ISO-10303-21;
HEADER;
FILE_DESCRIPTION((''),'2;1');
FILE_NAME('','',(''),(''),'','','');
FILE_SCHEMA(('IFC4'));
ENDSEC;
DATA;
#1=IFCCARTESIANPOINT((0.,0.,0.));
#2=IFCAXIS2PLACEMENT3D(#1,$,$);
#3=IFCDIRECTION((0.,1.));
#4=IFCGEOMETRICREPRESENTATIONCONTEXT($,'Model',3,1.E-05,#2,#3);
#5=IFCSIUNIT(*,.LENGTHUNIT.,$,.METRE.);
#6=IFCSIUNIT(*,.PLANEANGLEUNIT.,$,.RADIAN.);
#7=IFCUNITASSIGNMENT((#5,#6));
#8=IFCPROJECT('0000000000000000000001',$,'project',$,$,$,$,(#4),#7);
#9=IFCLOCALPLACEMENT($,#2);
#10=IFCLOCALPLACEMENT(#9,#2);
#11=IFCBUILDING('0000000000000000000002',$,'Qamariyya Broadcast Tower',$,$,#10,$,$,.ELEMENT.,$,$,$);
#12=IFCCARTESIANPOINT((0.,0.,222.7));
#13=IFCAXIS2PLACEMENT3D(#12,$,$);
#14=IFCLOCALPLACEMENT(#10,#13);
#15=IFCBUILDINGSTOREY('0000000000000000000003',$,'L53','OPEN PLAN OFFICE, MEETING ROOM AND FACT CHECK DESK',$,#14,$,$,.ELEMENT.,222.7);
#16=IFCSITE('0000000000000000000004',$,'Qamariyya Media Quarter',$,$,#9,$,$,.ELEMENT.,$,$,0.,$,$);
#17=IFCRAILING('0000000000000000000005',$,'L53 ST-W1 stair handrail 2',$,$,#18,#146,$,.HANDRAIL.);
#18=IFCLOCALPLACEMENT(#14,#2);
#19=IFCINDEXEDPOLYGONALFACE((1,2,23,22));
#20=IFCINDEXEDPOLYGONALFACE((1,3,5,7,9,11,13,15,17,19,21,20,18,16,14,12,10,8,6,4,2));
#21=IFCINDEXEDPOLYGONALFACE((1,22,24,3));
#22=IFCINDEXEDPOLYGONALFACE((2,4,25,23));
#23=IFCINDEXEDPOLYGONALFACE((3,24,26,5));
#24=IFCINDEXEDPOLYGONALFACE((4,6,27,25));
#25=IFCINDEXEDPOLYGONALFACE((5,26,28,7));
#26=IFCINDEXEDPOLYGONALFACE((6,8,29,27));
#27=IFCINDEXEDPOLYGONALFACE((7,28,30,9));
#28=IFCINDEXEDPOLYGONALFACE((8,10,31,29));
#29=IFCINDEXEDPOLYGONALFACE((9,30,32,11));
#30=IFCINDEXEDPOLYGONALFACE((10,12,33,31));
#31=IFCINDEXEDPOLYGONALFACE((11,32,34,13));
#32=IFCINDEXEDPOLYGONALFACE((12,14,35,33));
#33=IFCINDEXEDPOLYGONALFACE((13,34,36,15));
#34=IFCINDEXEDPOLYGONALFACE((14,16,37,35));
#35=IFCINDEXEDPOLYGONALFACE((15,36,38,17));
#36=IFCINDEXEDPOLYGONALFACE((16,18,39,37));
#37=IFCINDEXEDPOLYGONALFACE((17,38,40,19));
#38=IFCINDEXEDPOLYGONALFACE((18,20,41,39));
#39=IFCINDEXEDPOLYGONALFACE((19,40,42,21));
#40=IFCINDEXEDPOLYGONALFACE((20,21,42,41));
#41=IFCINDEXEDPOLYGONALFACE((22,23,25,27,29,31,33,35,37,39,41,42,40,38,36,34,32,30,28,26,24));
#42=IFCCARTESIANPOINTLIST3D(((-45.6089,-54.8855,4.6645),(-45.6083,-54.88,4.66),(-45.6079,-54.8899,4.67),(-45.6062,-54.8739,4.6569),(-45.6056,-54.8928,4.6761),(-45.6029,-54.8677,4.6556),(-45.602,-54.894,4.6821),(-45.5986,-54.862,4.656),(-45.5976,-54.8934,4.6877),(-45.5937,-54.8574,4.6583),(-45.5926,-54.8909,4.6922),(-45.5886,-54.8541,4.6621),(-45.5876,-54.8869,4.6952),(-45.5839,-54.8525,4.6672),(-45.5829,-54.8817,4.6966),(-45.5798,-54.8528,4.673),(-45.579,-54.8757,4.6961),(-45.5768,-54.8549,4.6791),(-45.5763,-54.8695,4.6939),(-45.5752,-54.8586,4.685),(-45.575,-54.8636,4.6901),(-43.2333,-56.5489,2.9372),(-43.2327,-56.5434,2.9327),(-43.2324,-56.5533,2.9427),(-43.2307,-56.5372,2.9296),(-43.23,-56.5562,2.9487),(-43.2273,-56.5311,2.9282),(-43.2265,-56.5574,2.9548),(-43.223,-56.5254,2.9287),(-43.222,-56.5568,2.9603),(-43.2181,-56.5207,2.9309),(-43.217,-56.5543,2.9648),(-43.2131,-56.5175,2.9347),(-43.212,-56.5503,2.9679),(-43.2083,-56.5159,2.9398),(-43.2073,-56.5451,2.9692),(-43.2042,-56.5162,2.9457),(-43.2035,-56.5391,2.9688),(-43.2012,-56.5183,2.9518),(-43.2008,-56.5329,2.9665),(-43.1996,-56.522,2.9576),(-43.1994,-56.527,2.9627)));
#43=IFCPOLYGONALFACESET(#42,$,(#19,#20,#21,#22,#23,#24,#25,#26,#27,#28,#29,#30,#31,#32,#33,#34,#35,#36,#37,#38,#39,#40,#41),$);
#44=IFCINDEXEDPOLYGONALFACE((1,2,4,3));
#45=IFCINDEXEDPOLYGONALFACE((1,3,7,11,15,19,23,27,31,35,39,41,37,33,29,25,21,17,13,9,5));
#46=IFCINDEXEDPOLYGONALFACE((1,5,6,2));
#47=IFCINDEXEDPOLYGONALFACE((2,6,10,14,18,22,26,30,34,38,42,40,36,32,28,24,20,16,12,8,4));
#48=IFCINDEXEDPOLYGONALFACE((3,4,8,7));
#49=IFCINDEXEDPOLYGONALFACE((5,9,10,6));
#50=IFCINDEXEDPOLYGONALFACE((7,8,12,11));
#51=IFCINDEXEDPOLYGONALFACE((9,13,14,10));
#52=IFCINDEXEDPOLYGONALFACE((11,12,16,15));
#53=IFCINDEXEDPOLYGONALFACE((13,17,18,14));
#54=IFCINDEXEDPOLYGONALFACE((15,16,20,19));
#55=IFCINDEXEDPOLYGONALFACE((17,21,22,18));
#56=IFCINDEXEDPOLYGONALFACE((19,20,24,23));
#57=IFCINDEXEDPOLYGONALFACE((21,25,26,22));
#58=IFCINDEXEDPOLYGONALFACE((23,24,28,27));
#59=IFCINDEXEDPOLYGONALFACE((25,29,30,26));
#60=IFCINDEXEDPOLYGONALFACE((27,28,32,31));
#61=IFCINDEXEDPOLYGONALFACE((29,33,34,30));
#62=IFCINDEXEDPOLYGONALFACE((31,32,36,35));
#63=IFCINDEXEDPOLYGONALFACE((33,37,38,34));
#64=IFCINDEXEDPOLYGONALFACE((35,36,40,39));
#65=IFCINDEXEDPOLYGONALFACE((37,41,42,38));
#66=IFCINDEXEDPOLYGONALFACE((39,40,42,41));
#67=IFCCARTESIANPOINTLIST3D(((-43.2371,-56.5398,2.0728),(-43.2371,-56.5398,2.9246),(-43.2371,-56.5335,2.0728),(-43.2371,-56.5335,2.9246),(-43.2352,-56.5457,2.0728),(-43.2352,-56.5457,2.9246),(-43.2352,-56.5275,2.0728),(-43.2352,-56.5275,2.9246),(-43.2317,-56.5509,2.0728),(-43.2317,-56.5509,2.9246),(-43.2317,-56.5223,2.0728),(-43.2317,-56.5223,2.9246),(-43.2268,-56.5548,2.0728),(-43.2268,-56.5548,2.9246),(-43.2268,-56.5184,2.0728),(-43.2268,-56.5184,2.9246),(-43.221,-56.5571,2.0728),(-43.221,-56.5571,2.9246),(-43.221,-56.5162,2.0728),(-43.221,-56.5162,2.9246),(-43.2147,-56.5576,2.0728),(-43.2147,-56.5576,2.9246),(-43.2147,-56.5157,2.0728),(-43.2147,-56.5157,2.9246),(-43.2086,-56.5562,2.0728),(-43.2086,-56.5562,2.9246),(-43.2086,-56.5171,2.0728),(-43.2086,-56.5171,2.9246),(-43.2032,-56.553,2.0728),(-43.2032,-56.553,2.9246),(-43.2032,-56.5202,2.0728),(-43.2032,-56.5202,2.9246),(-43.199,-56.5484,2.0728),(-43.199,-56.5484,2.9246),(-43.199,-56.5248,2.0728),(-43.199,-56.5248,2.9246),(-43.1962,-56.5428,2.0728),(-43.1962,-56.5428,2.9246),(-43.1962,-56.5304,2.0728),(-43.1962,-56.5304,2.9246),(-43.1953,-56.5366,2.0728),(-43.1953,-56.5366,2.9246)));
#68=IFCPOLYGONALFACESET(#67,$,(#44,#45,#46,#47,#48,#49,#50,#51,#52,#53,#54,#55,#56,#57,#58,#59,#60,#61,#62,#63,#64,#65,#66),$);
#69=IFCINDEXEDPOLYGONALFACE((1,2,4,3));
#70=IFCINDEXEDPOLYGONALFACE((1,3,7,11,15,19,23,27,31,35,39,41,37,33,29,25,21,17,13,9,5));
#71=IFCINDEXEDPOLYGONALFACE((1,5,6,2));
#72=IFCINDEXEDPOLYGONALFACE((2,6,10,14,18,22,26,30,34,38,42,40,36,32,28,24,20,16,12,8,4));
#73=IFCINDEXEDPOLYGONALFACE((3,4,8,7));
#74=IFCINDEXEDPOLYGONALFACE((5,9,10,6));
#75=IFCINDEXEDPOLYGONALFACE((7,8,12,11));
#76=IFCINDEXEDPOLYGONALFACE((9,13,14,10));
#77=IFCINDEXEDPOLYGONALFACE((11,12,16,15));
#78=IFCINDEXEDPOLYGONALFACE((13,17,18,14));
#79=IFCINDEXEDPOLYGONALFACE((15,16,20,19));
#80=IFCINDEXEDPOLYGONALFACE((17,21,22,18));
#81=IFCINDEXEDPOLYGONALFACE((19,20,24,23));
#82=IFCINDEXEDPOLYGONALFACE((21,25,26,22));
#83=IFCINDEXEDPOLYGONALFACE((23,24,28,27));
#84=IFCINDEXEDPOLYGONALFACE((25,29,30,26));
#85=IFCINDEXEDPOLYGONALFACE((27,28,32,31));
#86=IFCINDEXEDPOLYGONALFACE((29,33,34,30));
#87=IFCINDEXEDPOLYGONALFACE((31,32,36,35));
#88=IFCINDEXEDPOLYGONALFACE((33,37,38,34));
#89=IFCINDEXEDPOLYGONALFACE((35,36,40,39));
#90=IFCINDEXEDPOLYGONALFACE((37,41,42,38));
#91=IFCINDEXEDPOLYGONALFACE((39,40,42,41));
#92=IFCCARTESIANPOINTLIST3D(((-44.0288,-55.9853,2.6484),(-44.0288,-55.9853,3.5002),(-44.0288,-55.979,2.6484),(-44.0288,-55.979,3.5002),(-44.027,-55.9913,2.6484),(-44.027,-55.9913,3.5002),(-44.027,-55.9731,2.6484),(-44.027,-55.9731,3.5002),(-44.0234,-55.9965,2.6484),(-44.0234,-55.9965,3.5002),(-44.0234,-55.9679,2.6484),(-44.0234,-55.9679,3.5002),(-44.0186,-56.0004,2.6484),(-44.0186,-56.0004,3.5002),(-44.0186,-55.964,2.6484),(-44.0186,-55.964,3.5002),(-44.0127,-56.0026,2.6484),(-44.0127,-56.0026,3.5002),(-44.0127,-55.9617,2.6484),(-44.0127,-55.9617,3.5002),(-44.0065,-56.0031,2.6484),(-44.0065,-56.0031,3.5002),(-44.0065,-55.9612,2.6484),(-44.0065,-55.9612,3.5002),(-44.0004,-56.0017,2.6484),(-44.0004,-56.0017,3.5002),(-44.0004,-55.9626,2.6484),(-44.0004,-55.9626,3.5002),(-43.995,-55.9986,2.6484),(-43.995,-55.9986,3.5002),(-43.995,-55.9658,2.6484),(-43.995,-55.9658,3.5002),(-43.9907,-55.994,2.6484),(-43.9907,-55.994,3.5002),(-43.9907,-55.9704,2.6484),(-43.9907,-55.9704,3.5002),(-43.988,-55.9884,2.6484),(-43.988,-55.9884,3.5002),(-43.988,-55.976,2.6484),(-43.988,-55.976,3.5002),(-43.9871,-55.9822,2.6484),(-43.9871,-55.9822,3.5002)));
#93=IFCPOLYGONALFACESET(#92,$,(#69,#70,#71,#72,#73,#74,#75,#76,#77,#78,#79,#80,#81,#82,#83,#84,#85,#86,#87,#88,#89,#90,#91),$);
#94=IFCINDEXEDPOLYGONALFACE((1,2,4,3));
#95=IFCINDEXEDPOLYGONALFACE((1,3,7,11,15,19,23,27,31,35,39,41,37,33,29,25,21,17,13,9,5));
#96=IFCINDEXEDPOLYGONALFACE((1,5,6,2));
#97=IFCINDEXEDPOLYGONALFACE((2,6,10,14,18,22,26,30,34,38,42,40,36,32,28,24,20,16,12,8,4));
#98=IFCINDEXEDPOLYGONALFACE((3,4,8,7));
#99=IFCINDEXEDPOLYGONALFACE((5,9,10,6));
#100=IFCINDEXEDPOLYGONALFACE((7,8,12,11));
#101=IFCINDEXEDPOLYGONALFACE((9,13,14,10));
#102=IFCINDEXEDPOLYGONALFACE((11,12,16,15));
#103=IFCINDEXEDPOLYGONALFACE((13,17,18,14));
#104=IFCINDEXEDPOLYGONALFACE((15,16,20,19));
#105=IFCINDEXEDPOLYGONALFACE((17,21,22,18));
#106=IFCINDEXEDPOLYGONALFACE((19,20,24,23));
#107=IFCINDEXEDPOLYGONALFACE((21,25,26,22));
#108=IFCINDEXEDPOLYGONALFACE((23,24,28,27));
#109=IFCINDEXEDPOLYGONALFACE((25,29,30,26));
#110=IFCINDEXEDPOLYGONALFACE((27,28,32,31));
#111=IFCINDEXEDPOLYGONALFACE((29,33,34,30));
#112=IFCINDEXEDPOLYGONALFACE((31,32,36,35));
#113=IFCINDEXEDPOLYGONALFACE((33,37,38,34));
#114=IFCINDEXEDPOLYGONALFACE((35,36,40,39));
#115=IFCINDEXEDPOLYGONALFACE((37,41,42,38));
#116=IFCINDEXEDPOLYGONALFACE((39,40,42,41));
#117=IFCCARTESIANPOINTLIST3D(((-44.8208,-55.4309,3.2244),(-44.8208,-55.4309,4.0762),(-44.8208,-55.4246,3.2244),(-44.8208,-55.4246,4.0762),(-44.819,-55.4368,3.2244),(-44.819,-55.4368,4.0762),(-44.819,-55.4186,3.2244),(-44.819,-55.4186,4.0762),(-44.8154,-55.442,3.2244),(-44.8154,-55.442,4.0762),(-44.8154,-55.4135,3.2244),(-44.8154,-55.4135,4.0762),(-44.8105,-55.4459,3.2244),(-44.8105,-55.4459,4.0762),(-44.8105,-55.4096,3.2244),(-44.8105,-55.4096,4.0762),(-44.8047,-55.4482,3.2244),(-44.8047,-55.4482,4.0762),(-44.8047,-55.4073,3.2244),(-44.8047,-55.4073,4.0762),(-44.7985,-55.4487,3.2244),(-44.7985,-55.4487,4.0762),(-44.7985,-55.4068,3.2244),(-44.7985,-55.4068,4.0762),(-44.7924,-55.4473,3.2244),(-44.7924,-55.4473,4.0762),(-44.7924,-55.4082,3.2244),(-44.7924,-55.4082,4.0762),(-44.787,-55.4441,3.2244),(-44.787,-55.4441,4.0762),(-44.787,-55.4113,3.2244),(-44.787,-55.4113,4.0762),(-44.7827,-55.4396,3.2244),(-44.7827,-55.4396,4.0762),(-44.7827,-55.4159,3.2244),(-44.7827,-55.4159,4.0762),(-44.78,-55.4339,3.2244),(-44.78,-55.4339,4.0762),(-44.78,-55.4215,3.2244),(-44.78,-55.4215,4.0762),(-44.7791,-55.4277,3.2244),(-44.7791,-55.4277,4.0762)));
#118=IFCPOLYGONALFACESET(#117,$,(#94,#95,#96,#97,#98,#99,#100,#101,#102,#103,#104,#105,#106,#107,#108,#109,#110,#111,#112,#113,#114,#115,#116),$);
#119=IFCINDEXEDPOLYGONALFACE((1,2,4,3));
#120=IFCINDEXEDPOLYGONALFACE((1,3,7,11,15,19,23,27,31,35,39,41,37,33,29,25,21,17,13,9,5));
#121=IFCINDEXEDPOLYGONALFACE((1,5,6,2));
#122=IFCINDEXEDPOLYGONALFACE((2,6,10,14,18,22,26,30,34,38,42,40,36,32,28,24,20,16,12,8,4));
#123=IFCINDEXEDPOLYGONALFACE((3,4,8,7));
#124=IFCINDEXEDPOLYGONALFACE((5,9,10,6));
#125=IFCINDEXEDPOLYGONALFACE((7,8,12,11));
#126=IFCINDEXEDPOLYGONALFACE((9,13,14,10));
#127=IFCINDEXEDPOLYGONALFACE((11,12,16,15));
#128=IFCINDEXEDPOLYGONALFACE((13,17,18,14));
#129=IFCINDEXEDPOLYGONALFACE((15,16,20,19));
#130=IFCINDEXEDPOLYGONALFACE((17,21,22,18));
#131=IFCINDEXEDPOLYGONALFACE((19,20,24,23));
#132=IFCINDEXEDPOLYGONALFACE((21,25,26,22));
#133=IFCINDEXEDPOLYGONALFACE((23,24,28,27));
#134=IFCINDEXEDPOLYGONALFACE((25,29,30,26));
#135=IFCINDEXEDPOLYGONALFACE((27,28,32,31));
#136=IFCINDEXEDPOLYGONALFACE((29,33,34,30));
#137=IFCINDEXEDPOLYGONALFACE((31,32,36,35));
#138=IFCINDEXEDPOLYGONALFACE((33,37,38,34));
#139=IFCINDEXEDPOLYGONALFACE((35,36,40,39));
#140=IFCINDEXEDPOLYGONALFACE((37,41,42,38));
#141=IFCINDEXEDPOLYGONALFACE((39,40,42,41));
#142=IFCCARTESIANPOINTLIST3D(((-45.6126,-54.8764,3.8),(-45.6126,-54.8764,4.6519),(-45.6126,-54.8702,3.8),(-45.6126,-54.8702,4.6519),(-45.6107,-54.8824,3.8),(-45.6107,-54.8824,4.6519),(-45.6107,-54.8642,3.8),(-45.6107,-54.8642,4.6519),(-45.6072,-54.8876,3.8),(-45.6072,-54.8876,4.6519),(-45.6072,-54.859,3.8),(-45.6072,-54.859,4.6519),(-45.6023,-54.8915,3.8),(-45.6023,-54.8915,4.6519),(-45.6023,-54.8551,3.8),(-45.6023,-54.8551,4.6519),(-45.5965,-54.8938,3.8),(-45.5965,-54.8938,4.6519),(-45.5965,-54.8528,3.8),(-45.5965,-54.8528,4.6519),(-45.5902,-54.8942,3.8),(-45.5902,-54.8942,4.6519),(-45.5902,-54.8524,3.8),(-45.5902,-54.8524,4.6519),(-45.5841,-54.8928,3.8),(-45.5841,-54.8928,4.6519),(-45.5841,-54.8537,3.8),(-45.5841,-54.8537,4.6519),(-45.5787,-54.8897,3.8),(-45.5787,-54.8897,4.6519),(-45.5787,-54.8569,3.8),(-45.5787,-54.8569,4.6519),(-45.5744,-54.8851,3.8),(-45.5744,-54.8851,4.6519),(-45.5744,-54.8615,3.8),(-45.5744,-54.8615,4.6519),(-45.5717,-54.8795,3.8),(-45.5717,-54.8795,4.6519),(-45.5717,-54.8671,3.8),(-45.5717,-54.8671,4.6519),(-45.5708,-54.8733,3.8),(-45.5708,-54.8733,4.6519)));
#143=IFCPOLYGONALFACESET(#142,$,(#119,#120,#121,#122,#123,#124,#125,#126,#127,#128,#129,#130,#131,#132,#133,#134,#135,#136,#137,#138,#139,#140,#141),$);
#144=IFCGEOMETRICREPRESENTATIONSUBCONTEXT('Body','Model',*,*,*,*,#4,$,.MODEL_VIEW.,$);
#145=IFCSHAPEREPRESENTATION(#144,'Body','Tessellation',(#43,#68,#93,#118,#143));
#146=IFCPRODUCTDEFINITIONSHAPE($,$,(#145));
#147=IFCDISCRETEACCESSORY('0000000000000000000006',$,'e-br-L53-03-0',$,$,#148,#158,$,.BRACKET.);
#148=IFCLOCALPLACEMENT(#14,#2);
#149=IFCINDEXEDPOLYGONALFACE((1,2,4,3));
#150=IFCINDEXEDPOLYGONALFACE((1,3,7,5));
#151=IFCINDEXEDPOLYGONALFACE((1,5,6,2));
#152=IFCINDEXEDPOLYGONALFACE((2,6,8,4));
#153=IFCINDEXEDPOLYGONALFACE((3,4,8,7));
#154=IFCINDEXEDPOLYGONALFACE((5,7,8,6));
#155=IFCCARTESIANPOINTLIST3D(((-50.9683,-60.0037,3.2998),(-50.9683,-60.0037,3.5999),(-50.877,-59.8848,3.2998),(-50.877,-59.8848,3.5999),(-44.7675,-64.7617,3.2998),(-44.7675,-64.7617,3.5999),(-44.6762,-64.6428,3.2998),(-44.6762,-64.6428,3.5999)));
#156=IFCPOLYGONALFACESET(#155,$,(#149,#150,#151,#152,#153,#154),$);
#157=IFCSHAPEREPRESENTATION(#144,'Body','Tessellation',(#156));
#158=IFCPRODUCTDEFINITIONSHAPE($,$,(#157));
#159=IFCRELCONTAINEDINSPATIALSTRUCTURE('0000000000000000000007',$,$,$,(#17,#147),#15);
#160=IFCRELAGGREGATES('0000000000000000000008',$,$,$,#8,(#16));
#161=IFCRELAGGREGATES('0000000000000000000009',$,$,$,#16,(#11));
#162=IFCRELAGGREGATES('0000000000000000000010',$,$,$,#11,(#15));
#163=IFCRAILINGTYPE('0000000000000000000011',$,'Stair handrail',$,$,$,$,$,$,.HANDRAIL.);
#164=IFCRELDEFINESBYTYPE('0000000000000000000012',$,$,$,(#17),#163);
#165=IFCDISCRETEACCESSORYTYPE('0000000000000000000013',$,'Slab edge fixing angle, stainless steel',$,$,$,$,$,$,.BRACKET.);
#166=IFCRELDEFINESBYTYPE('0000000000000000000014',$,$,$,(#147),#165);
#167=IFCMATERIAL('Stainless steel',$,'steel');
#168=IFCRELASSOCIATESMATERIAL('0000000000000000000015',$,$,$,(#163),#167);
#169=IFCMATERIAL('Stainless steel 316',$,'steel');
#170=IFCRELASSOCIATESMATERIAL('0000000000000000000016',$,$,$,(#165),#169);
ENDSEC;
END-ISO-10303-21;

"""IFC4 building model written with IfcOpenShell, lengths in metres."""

from ifc_helpers import new_model, si_unit, direction, frame, origin, origin_2d, place, context, subcontext, project, spatial, rectangle, circle, extrude, material, type_object, element, save


model = new_model("IFC4")

# Units and contexts
model_context = context("Model", 3, precision=1e-05, world=origin(), true_north=direction((0.0, 1.0)))
body_context = subcontext(model_context, "Body", "Model", "MODEL_VIEW")
ifc_project = project(units=[si_unit("LENGTHUNIT", "METRE"), si_unit("PLANEANGLEUNIT", "RADIAN")], contexts=[model_context])

# Site, building, storey
site_placement = place(None, origin())
site = spatial("IfcSite", under=ifc_project, at=site_placement, Name="Qamariyya Media Quarter", CompositionType="ELEMENT", RefElevation=0.0)
building_placement = place(site_placement, origin())
building = spatial("IfcBuilding", under=site, at=building_placement, Name="Qamariyya Broadcast Tower", CompositionType="ELEMENT")
storey_placement = place(building_placement, frame((0.0, 0.0, 222.7)))
storey = spatial("IfcBuildingStorey", under=building, at=storey_placement, Name="L53", Description="OPEN PLAN OFFICE, MEETING ROOM AND FACT CHECK DESK", CompositionType="ELEMENT", Elevation=222.7)

# Railing
ifc_material_1 = material(Name="Stainless steel", Category="steel")
railing_type_1 = type_object("IfcRailingType", Name="Stair handrail", PredefinedType="HANDRAIL", material=ifc_material_1)
railing_1_placement = place(storey_placement, frame((-43.2163, -56.5366, 2.0728)))
element("IfcRailing", 1, at=railing_1_placement, inside=storey, type_object=railing_type_1, Name="L53 ST-W1 stair handrail 2", PredefinedType="HANDRAIL", context=body_context, shape_type="SweptSolid", body=[
    extrude(circle(Radius=0.0239, at=origin_2d()), frame((0.0, 0.0, 0.876), z_axis=(-0.70377, 0.492784, 0.511734), x_axis=(-0.573575, -0.819153, 0.0)), (0.0, 0.0, 1.0), 3.3755),
    extrude(circle(Radius=0.021, at=origin_2d()), origin(), (0.0, 0.0, 1.0), 0.8518),
    extrude(circle(Radius=0.021, at=origin_2d()), frame((-0.7917, 0.5544, 0.5757)), (0.0, 0.0, 1.0), 0.8518),
    extrude(circle(Radius=0.021, at=origin_2d()), frame((-1.5837, 1.1089, 1.1516)), (0.0, 0.0, 1.0), 0.8518),
    extrude(circle(Radius=0.021, at=origin_2d()), frame((-2.3755, 1.6633, 1.7273)), (0.0, 0.0, 1.0), 0.8518),
])

# Discrete accessory
ifc_material_2 = material(Name="Stainless steel 316", Category="steel")
discrete_accessory_type = type_object("IfcDiscreteAccessoryType", Name="Slab edge fixing angle, stainless steel", PredefinedType="BRACKET", material=ifc_material_2)
discrete_accessory_placement = place(storey_placement, frame((-47.8223, -62.3232, 3.2998), z_axis=(0.0, 0.0, 1.0), x_axis=(0.793353, -0.608761, 0.0)))
element("IfcDiscreteAccessory", 2, at=discrete_accessory_placement, inside=storey, type_object=discrete_accessory_type, Name="e-br-L53-03-0", PredefinedType="BRACKET", context=body_context, shape_type="SweptSolid", body=[
    extrude(rectangle(XDim=7.8159, YDim=0.1499, at=origin_2d()), origin(), (0.0, 0.0, 1.0), 0.3),
])

save(model, "model.ifc")
